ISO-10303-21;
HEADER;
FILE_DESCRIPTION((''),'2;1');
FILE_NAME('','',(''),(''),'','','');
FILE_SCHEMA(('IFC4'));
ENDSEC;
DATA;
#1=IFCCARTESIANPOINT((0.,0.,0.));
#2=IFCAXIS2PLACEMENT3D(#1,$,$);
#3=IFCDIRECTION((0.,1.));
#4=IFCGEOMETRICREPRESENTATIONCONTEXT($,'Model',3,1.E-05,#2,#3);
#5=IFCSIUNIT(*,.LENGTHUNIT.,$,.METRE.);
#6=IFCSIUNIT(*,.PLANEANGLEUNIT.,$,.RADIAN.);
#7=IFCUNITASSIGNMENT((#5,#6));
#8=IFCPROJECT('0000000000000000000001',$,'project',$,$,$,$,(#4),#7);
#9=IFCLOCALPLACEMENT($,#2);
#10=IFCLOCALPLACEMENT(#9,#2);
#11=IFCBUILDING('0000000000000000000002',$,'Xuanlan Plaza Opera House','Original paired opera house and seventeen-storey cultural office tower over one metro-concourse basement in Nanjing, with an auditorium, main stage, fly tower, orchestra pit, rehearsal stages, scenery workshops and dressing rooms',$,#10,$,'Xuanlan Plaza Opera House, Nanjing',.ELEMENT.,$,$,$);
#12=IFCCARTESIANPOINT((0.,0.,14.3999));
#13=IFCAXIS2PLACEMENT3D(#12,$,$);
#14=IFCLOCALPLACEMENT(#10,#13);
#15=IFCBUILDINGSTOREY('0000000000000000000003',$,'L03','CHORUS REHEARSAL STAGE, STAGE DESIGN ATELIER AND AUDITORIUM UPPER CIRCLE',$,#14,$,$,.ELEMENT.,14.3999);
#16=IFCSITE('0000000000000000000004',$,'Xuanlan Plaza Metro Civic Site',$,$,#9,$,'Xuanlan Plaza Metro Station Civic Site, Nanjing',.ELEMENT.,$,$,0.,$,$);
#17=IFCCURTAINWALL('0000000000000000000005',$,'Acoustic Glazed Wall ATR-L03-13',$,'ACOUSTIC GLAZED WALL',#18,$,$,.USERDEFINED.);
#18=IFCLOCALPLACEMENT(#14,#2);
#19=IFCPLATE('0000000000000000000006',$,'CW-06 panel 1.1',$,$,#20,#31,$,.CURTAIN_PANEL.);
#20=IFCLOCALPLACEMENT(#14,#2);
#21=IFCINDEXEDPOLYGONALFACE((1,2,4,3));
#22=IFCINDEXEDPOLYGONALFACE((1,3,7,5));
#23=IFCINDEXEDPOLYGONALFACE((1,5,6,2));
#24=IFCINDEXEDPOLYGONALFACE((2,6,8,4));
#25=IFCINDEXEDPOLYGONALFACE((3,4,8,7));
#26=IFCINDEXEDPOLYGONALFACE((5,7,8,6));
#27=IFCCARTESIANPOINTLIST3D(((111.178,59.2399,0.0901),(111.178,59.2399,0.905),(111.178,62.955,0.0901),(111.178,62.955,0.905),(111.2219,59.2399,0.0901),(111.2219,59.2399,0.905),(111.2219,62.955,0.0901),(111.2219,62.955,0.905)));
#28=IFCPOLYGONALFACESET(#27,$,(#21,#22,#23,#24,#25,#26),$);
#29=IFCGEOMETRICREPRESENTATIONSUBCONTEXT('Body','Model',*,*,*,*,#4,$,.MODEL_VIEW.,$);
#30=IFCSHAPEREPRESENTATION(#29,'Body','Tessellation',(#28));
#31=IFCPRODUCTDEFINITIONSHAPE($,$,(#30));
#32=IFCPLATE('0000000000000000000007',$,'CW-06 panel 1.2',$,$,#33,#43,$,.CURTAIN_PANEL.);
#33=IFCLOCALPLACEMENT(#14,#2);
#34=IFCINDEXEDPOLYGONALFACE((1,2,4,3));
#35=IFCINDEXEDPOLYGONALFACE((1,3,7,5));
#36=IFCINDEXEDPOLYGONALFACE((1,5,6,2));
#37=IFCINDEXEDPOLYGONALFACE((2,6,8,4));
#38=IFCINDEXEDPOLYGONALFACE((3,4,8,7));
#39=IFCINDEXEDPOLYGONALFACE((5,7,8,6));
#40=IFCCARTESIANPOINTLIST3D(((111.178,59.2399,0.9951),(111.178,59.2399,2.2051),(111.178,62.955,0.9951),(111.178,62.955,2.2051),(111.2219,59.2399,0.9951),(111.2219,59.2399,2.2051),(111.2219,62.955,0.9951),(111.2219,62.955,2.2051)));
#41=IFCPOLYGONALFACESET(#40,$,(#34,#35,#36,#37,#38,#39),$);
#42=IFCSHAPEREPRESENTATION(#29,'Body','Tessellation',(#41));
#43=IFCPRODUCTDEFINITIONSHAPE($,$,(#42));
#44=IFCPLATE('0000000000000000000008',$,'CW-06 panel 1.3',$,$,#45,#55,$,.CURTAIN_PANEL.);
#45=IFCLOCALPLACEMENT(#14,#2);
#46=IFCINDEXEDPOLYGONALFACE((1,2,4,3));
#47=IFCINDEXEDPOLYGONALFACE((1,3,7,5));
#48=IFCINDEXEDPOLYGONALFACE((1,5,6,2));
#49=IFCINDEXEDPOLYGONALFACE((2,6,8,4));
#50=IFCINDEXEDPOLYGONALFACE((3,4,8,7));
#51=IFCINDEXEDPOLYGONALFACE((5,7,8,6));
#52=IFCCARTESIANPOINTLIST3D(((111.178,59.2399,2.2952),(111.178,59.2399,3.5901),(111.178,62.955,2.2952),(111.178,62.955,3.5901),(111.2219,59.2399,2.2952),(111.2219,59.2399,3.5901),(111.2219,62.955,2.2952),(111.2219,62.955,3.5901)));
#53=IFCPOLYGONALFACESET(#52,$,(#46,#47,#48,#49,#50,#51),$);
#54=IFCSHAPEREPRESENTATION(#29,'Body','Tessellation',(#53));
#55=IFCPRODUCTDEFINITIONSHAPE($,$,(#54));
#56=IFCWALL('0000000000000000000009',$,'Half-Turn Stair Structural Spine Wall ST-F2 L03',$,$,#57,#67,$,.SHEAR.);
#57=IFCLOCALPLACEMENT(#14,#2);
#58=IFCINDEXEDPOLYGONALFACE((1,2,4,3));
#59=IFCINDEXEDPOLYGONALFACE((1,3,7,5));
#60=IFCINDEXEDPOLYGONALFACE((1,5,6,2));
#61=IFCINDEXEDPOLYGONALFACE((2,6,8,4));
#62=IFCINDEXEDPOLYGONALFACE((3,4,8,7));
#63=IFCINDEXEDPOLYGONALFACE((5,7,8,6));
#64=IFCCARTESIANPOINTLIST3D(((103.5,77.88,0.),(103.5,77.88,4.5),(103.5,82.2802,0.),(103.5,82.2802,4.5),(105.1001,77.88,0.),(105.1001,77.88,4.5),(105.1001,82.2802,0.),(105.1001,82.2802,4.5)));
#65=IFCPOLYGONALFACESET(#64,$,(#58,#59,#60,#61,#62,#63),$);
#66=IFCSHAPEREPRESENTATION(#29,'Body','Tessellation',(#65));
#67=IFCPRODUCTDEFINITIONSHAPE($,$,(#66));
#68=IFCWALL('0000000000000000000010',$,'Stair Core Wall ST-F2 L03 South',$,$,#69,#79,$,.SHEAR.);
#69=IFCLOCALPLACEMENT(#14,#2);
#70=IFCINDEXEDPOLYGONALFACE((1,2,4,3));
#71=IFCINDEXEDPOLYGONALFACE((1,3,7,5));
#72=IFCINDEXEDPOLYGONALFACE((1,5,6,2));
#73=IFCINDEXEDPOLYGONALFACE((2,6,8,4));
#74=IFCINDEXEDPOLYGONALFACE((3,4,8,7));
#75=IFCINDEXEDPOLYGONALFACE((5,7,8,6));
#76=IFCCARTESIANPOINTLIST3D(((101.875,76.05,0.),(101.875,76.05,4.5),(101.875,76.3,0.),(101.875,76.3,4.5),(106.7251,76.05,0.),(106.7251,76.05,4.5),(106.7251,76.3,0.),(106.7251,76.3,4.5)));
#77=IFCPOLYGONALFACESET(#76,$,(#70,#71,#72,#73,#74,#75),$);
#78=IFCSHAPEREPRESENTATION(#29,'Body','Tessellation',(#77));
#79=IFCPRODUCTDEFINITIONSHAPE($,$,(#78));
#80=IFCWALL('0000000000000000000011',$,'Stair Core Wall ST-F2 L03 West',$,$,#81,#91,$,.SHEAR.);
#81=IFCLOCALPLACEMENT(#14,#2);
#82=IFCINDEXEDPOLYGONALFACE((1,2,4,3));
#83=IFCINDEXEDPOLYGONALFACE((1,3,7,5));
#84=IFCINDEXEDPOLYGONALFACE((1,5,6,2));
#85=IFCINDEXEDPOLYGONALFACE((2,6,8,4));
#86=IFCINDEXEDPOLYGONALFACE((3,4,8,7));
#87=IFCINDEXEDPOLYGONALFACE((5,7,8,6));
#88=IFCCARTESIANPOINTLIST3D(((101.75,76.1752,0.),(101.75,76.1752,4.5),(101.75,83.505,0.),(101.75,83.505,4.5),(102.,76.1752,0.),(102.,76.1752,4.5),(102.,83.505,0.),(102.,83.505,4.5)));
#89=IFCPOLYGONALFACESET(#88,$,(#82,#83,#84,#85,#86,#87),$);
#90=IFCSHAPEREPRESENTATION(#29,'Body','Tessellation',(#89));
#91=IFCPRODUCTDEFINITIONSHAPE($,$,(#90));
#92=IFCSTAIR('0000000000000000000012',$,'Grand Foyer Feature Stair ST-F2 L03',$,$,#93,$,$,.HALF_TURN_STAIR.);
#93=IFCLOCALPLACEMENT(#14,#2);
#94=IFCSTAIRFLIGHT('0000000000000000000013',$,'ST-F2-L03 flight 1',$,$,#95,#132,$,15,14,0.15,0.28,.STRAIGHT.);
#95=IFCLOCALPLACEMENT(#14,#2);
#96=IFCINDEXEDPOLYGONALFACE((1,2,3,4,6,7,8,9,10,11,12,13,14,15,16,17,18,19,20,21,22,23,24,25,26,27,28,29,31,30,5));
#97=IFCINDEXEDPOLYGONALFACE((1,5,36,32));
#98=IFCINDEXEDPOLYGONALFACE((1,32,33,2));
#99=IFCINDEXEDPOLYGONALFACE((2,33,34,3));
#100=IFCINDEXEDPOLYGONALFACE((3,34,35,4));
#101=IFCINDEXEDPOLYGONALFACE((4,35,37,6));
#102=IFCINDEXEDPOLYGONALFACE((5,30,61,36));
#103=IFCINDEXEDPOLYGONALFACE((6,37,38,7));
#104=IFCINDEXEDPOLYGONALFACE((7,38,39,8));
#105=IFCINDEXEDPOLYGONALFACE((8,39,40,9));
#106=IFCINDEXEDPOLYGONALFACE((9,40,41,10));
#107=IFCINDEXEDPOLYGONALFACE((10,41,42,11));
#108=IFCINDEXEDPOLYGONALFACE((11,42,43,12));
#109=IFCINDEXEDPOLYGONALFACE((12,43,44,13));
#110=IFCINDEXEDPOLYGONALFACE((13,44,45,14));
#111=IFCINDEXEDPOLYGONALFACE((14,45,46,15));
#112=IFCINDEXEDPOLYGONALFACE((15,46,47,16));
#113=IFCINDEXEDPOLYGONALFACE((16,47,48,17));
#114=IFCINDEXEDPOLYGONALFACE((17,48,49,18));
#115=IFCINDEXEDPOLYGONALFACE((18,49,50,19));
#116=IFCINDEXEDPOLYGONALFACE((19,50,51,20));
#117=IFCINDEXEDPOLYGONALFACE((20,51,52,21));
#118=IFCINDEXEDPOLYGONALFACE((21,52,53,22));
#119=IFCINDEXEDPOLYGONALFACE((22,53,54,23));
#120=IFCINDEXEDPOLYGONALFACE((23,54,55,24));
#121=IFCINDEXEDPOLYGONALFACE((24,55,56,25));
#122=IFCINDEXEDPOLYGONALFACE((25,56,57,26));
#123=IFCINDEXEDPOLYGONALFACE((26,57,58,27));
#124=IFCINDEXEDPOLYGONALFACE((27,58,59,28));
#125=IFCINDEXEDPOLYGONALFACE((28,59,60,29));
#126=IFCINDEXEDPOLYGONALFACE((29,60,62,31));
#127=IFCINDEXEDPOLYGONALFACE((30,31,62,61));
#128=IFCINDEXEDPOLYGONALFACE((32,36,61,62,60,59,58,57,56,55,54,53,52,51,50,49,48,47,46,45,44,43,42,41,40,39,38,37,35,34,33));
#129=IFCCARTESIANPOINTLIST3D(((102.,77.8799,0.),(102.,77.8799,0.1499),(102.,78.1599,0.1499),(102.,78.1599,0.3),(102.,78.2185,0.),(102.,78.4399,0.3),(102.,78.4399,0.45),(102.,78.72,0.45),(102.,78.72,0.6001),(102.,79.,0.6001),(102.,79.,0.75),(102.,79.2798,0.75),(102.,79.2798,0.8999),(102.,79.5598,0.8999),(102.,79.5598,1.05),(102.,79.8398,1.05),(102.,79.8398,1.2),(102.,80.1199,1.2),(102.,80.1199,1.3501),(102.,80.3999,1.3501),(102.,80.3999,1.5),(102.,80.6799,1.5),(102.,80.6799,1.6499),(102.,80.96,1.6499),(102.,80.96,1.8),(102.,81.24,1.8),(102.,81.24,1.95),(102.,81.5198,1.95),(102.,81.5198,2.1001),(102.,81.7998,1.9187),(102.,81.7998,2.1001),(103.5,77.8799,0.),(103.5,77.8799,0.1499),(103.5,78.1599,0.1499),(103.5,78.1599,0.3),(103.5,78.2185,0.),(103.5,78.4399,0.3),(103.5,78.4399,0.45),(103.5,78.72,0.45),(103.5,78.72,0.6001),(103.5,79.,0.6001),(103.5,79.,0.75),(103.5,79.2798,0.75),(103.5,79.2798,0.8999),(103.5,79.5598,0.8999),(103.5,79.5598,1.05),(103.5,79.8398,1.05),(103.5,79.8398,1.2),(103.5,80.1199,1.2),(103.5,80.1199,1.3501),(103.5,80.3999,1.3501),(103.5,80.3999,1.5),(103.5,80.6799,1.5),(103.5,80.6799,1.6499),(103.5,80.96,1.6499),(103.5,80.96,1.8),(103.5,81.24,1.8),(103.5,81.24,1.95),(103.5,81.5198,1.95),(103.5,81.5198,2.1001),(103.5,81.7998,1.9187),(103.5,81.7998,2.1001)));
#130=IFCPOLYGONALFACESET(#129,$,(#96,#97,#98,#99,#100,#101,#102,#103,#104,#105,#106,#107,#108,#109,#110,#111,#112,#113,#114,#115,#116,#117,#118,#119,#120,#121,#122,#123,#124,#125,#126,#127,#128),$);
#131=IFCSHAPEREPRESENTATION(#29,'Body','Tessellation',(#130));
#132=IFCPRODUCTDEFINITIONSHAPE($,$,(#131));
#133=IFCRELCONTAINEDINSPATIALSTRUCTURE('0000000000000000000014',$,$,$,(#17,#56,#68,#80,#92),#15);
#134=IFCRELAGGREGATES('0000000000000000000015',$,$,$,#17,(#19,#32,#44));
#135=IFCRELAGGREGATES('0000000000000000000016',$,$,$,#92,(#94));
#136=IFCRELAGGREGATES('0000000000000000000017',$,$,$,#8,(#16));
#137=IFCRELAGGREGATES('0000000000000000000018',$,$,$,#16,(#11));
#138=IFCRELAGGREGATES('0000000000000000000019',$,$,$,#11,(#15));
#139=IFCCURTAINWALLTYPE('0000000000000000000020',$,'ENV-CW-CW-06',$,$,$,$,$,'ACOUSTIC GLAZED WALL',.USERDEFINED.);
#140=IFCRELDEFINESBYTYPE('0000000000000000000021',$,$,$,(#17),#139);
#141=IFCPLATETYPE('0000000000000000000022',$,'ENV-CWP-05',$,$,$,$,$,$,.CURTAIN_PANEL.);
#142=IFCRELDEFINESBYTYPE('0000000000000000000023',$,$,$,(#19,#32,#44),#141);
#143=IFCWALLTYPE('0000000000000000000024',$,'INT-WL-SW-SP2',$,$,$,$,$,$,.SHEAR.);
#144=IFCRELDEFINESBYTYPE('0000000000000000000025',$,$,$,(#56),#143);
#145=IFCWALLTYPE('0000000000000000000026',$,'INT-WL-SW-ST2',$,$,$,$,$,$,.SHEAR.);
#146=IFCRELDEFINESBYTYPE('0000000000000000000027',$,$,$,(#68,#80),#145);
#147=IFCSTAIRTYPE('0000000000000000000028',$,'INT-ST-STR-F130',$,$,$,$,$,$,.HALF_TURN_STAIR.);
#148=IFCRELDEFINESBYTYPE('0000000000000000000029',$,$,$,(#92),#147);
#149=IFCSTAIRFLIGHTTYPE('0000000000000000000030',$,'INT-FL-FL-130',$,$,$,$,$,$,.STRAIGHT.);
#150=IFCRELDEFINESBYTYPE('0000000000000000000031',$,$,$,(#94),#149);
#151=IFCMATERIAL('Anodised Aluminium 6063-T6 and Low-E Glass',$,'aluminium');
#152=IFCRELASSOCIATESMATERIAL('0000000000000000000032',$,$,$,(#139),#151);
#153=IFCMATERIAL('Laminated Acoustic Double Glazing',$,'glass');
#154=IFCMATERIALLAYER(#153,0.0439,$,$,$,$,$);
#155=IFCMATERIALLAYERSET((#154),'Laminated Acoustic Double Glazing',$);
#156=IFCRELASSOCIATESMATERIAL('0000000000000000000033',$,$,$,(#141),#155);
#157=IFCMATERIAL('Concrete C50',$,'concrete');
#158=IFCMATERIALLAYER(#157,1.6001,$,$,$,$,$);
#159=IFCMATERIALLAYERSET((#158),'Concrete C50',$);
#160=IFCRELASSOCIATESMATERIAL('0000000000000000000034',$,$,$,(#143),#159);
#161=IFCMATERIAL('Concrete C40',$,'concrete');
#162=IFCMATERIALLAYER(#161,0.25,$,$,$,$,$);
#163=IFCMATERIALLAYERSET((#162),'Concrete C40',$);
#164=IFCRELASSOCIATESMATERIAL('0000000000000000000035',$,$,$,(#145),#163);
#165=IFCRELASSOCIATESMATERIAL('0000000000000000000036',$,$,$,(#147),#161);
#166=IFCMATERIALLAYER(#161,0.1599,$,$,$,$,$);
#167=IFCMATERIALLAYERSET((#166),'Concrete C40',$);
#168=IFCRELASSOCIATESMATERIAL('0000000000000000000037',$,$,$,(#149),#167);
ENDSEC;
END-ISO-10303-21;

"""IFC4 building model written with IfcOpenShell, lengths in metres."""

from ifc_helpers import new_model, si_unit, direction, frame, frame_2d, origin, origin_2d, place, context, subcontext, project, spatial, polyline, rectangle, outline, extrude, material, layer, layer_set, type_object, element, aggregate, save


model = new_model("IFC4")

# Units and contexts
model_context = context("Model", 3, precision=1e-05, world=origin(), true_north=direction((0.0, 1.0)))
body_context = subcontext(model_context, "Body", "Model", "MODEL_VIEW")
ifc_project = project(units=[si_unit("LENGTHUNIT", "METRE"), si_unit("PLANEANGLEUNIT", "RADIAN")], contexts=[model_context])

# Site, building, storey
site_placement = place(None, origin())
site = spatial("IfcSite", under=ifc_project, at=site_placement, Name="Xuanlan Plaza Metro Civic Site", LongName="Xuanlan Plaza Metro Station Civic Site, Nanjing", CompositionType="ELEMENT", RefElevation=0.0)
building_placement = place(site_placement, origin())
building = spatial("IfcBuilding", under=site, at=building_placement, Name="Xuanlan Plaza Opera House", Description="Original paired opera house and seventeen-storey cultural office tower over one metro-concourse basement in Nanjing, with an auditorium, main stage, fly tower, orchestra pit, rehearsal stages, scenery workshops and dressing rooms", LongName="Xuanlan Plaza Opera House, Nanjing", CompositionType="ELEMENT")
storey_placement = place(building_placement, frame((0.0, 0.0, 14.3999)))
storey = spatial("IfcBuildingStorey", under=building, at=storey_placement, Name="L03", Description="CHORUS REHEARSAL STAGE, STAGE DESIGN ATELIER AND AUDITORIUM UPPER CIRCLE", CompositionType="ELEMENT", Elevation=14.3999)

# Shared definitions
ifc_material_1 = material(Name="Concrete C50", Category="concrete")

# Shared definitions
ifc_material_2 = material(Name="Anodised Aluminium 6063-T6 and Low-E Glass", Category="aluminium")
curtain_wall_type = type_object("IfcCurtainWallType", Name="ENV-CW-CW-06", ElementType="ACOUSTIC GLAZED WALL", PredefinedType="USERDEFINED", material=ifc_material_2)

# Curtain wall
curtain_wall_1_placement = place(storey_placement, origin())
curtain_wall_1 = element("IfcCurtainWall", 1, at=curtain_wall_1_placement, inside=storey, type_object=curtain_wall_type, Name="Acoustic Glazed Wall ATR-L03-13", ObjectType="ACOUSTIC GLAZED WALL", PredefinedType="USERDEFINED")

# Shared definitions
ifc_material_3 = material(Name="Concrete C40", Category="concrete")

# Plates
ifc_material_4 = material(Name="Laminated Acoustic Double Glazing", Category="glass")
ifc_layer_1 = layer(ifc_material_4, 0.0439)
ifc_layer_set_1 = layer_set([ifc_layer_1], Name="Laminated Acoustic Double Glazing")
plate_type = type_object("IfcPlateType", Name="ENV-CWP-05", PredefinedType="CURTAIN_PANEL", material=ifc_layer_set_1)
plate_1_placement = place(storey_placement, frame((111.2, 61.0974, 0.0901), z_axis=(0.0, 0.0, 1.0), x_axis=(0.0, 1.0, 0.0)))
plate_1 = element("IfcPlate", 2, at=plate_1_placement, type_object=plate_type, Name="CW-06 panel 1.1", PredefinedType="CURTAIN_PANEL", context=body_context, shape_type="SweptSolid", body=[
    extrude(rectangle(XDim=3.7151, YDim=0.0439, at=origin_2d()), origin(), (0.0, 0.0, 1.0), 0.8149),
])
plate_2_placement = place(storey_placement, frame((111.2, 61.0974, 0.9951), z_axis=(0.0, 0.0, 1.0), x_axis=(0.0, 1.0, 0.0)))
plate_2 = element("IfcPlate", 3, at=plate_2_placement, type_object=plate_type, Name="CW-06 panel 1.2", PredefinedType="CURTAIN_PANEL", context=body_context, shape_type="SweptSolid", body=[
    extrude(rectangle(XDim=3.7151, YDim=0.0439, at=origin_2d()), origin(), (0.0, 0.0, 1.0), 1.21),
])
plate_3_placement = place(storey_placement, frame((111.2, 61.0974, 2.2952), z_axis=(0.0, 0.0, 1.0), x_axis=(0.0, 1.0, 0.0)))
plate_3 = element("IfcPlate", 4, at=plate_3_placement, type_object=plate_type, Name="CW-06 panel 1.3", PredefinedType="CURTAIN_PANEL", context=body_context, shape_type="SweptSolid", body=[
    extrude(rectangle(XDim=3.7151, YDim=0.0439, at=origin_2d()), origin(), (0.0, 0.0, 1.0), 1.2949),
])
aggregate(curtain_wall_1, [plate_1, plate_2, plate_3])

# Walls
ifc_layer_2 = layer(ifc_material_1, 1.6001)
ifc_layer_set_2 = layer_set([ifc_layer_2], Name="Concrete C50")
wall_type_1 = type_object("IfcWallType", Name="INT-WL-SW-SP2", PredefinedType="SHEAR", material=ifc_layer_set_2)
wall_1_placement = place(storey_placement, frame((104.3, 77.8799, 0.0), z_axis=(0.0, 0.0, 1.0), x_axis=(0.0, 1.0, 0.0)))
element("IfcWall", 5, at=wall_1_placement, inside=storey, type_object=wall_type_1, Name="Half-Turn Stair Structural Spine Wall ST-F2 L03", PredefinedType="SHEAR", context=body_context, shape_type="SweptSolid", body=[
    extrude(rectangle(XDim=4.4001, YDim=1.6001, at=frame_2d((2.2002, 0.0))), origin(), (0.0, 0.0, 1.0), 4.5),
])
ifc_layer_3 = layer(ifc_material_3, 0.25)
ifc_layer_set_3 = layer_set([ifc_layer_3], Name="Concrete C40")
wall_type_2 = type_object("IfcWallType", Name="INT-WL-SW-ST2", PredefinedType="SHEAR", material=ifc_layer_set_3)
wall_2_placement = place(storey_placement, frame((101.875, 76.175, 0.0), z_axis=(0.0, 0.0, 1.0), x_axis=(1.0, 0.0, 0.0)))
element("IfcWall", 6, at=wall_2_placement, inside=storey, type_object=wall_type_2, Name="Stair Core Wall ST-F2 L03 South", PredefinedType="SHEAR", context=body_context, shape_type="SweptSolid", body=[
    extrude(rectangle(XDim=4.8501, YDim=0.25, at=frame_2d((2.425, 0.0))), origin(), (0.0, 0.0, 1.0), 4.5),
])
wall_3_placement = place(storey_placement, frame((101.875, 76.175, 0.0), z_axis=(0.0, 0.0, 1.0), x_axis=(0.0, 1.0, 0.0)))
element("IfcWall", 7, at=wall_3_placement, inside=storey, type_object=wall_type_2, Name="Stair Core Wall ST-F2 L03 West", PredefinedType="SHEAR", context=body_context, shape_type="SweptSolid", body=[
    extrude(rectangle(XDim=7.3298, YDim=0.25, at=frame_2d((3.665, 0.0))), origin(), (0.0, 0.0, 1.0), 4.5),
])

# Stair, stair flight
stair_type = type_object("IfcStairType", Name="INT-ST-STR-F130", PredefinedType="HALF_TURN_STAIR", material=ifc_material_3)
stair_placement = place(storey_placement, origin())
stair = element("IfcStair", 8, at=stair_placement, inside=storey, type_object=stair_type, Name="Grand Foyer Feature Stair ST-F2 L03", PredefinedType="HALF_TURN_STAIR")
ifc_layer_4 = layer(ifc_material_3, 0.1599)
ifc_layer_set_4 = layer_set([ifc_layer_4], Name="Concrete C40")
stair_flight_type = type_object("IfcStairFlightType", Name="INT-FL-FL-130", PredefinedType="STRAIGHT", material=ifc_layer_set_4)
stair_flight_placement = place(storey_placement, frame((102.75, 77.8799, 0.0), z_axis=(0.0, 0.0, 1.0), x_axis=(0.0, 1.0, 0.0)))
stair_flight = element("IfcStairFlight", 9, at=stair_flight_placement, type_object=stair_flight_type, Name="ST-F2-L03 flight 1", NumberOfRisers=15, NumberOfTreads=14, PredefinedType="STRAIGHT", RiserHeight=0.15, TreadLength=0.28, context=body_context, shape_type="SweptSolid", body=[
    extrude(outline(polyline([(0.0, 0.0), (0.0, 0.1499), (0.28, 0.1499), (0.28, 0.3), (0.5601, 0.3), (0.5601, 0.45), (0.8401, 0.45), (0.8401, 0.6001), (1.1201, 0.6001), (1.1201, 0.75), (1.3999, 0.75), (1.3999, 0.8999), (1.6799, 0.8999), (1.6799, 1.05), (1.96, 1.05), (1.96, 1.2), (2.24, 1.2), (2.24, 1.3501), (2.52, 1.3501), (2.52, 1.5), (2.8, 1.5), (2.8, 1.6499), (3.0801, 1.6499), (3.0801, 1.8), (3.3601, 1.8), (3.3601, 1.95), (3.6399, 1.95), (3.6399, 2.1001), (3.9199, 2.1001), (3.9199, 2.25), (3.9199, 1.9187), (0.3386, 0.0), (0.0, 0.0)])), frame((0.0, 0.75, 0.0), z_axis=(0.0, -1.0, 0.0), x_axis=(1.0, 0.0, 0.0)), (0.0, 0.0, 1.0), 1.5),
])
aggregate(stair, [stair_flight])

save(model, "model.ifc")
